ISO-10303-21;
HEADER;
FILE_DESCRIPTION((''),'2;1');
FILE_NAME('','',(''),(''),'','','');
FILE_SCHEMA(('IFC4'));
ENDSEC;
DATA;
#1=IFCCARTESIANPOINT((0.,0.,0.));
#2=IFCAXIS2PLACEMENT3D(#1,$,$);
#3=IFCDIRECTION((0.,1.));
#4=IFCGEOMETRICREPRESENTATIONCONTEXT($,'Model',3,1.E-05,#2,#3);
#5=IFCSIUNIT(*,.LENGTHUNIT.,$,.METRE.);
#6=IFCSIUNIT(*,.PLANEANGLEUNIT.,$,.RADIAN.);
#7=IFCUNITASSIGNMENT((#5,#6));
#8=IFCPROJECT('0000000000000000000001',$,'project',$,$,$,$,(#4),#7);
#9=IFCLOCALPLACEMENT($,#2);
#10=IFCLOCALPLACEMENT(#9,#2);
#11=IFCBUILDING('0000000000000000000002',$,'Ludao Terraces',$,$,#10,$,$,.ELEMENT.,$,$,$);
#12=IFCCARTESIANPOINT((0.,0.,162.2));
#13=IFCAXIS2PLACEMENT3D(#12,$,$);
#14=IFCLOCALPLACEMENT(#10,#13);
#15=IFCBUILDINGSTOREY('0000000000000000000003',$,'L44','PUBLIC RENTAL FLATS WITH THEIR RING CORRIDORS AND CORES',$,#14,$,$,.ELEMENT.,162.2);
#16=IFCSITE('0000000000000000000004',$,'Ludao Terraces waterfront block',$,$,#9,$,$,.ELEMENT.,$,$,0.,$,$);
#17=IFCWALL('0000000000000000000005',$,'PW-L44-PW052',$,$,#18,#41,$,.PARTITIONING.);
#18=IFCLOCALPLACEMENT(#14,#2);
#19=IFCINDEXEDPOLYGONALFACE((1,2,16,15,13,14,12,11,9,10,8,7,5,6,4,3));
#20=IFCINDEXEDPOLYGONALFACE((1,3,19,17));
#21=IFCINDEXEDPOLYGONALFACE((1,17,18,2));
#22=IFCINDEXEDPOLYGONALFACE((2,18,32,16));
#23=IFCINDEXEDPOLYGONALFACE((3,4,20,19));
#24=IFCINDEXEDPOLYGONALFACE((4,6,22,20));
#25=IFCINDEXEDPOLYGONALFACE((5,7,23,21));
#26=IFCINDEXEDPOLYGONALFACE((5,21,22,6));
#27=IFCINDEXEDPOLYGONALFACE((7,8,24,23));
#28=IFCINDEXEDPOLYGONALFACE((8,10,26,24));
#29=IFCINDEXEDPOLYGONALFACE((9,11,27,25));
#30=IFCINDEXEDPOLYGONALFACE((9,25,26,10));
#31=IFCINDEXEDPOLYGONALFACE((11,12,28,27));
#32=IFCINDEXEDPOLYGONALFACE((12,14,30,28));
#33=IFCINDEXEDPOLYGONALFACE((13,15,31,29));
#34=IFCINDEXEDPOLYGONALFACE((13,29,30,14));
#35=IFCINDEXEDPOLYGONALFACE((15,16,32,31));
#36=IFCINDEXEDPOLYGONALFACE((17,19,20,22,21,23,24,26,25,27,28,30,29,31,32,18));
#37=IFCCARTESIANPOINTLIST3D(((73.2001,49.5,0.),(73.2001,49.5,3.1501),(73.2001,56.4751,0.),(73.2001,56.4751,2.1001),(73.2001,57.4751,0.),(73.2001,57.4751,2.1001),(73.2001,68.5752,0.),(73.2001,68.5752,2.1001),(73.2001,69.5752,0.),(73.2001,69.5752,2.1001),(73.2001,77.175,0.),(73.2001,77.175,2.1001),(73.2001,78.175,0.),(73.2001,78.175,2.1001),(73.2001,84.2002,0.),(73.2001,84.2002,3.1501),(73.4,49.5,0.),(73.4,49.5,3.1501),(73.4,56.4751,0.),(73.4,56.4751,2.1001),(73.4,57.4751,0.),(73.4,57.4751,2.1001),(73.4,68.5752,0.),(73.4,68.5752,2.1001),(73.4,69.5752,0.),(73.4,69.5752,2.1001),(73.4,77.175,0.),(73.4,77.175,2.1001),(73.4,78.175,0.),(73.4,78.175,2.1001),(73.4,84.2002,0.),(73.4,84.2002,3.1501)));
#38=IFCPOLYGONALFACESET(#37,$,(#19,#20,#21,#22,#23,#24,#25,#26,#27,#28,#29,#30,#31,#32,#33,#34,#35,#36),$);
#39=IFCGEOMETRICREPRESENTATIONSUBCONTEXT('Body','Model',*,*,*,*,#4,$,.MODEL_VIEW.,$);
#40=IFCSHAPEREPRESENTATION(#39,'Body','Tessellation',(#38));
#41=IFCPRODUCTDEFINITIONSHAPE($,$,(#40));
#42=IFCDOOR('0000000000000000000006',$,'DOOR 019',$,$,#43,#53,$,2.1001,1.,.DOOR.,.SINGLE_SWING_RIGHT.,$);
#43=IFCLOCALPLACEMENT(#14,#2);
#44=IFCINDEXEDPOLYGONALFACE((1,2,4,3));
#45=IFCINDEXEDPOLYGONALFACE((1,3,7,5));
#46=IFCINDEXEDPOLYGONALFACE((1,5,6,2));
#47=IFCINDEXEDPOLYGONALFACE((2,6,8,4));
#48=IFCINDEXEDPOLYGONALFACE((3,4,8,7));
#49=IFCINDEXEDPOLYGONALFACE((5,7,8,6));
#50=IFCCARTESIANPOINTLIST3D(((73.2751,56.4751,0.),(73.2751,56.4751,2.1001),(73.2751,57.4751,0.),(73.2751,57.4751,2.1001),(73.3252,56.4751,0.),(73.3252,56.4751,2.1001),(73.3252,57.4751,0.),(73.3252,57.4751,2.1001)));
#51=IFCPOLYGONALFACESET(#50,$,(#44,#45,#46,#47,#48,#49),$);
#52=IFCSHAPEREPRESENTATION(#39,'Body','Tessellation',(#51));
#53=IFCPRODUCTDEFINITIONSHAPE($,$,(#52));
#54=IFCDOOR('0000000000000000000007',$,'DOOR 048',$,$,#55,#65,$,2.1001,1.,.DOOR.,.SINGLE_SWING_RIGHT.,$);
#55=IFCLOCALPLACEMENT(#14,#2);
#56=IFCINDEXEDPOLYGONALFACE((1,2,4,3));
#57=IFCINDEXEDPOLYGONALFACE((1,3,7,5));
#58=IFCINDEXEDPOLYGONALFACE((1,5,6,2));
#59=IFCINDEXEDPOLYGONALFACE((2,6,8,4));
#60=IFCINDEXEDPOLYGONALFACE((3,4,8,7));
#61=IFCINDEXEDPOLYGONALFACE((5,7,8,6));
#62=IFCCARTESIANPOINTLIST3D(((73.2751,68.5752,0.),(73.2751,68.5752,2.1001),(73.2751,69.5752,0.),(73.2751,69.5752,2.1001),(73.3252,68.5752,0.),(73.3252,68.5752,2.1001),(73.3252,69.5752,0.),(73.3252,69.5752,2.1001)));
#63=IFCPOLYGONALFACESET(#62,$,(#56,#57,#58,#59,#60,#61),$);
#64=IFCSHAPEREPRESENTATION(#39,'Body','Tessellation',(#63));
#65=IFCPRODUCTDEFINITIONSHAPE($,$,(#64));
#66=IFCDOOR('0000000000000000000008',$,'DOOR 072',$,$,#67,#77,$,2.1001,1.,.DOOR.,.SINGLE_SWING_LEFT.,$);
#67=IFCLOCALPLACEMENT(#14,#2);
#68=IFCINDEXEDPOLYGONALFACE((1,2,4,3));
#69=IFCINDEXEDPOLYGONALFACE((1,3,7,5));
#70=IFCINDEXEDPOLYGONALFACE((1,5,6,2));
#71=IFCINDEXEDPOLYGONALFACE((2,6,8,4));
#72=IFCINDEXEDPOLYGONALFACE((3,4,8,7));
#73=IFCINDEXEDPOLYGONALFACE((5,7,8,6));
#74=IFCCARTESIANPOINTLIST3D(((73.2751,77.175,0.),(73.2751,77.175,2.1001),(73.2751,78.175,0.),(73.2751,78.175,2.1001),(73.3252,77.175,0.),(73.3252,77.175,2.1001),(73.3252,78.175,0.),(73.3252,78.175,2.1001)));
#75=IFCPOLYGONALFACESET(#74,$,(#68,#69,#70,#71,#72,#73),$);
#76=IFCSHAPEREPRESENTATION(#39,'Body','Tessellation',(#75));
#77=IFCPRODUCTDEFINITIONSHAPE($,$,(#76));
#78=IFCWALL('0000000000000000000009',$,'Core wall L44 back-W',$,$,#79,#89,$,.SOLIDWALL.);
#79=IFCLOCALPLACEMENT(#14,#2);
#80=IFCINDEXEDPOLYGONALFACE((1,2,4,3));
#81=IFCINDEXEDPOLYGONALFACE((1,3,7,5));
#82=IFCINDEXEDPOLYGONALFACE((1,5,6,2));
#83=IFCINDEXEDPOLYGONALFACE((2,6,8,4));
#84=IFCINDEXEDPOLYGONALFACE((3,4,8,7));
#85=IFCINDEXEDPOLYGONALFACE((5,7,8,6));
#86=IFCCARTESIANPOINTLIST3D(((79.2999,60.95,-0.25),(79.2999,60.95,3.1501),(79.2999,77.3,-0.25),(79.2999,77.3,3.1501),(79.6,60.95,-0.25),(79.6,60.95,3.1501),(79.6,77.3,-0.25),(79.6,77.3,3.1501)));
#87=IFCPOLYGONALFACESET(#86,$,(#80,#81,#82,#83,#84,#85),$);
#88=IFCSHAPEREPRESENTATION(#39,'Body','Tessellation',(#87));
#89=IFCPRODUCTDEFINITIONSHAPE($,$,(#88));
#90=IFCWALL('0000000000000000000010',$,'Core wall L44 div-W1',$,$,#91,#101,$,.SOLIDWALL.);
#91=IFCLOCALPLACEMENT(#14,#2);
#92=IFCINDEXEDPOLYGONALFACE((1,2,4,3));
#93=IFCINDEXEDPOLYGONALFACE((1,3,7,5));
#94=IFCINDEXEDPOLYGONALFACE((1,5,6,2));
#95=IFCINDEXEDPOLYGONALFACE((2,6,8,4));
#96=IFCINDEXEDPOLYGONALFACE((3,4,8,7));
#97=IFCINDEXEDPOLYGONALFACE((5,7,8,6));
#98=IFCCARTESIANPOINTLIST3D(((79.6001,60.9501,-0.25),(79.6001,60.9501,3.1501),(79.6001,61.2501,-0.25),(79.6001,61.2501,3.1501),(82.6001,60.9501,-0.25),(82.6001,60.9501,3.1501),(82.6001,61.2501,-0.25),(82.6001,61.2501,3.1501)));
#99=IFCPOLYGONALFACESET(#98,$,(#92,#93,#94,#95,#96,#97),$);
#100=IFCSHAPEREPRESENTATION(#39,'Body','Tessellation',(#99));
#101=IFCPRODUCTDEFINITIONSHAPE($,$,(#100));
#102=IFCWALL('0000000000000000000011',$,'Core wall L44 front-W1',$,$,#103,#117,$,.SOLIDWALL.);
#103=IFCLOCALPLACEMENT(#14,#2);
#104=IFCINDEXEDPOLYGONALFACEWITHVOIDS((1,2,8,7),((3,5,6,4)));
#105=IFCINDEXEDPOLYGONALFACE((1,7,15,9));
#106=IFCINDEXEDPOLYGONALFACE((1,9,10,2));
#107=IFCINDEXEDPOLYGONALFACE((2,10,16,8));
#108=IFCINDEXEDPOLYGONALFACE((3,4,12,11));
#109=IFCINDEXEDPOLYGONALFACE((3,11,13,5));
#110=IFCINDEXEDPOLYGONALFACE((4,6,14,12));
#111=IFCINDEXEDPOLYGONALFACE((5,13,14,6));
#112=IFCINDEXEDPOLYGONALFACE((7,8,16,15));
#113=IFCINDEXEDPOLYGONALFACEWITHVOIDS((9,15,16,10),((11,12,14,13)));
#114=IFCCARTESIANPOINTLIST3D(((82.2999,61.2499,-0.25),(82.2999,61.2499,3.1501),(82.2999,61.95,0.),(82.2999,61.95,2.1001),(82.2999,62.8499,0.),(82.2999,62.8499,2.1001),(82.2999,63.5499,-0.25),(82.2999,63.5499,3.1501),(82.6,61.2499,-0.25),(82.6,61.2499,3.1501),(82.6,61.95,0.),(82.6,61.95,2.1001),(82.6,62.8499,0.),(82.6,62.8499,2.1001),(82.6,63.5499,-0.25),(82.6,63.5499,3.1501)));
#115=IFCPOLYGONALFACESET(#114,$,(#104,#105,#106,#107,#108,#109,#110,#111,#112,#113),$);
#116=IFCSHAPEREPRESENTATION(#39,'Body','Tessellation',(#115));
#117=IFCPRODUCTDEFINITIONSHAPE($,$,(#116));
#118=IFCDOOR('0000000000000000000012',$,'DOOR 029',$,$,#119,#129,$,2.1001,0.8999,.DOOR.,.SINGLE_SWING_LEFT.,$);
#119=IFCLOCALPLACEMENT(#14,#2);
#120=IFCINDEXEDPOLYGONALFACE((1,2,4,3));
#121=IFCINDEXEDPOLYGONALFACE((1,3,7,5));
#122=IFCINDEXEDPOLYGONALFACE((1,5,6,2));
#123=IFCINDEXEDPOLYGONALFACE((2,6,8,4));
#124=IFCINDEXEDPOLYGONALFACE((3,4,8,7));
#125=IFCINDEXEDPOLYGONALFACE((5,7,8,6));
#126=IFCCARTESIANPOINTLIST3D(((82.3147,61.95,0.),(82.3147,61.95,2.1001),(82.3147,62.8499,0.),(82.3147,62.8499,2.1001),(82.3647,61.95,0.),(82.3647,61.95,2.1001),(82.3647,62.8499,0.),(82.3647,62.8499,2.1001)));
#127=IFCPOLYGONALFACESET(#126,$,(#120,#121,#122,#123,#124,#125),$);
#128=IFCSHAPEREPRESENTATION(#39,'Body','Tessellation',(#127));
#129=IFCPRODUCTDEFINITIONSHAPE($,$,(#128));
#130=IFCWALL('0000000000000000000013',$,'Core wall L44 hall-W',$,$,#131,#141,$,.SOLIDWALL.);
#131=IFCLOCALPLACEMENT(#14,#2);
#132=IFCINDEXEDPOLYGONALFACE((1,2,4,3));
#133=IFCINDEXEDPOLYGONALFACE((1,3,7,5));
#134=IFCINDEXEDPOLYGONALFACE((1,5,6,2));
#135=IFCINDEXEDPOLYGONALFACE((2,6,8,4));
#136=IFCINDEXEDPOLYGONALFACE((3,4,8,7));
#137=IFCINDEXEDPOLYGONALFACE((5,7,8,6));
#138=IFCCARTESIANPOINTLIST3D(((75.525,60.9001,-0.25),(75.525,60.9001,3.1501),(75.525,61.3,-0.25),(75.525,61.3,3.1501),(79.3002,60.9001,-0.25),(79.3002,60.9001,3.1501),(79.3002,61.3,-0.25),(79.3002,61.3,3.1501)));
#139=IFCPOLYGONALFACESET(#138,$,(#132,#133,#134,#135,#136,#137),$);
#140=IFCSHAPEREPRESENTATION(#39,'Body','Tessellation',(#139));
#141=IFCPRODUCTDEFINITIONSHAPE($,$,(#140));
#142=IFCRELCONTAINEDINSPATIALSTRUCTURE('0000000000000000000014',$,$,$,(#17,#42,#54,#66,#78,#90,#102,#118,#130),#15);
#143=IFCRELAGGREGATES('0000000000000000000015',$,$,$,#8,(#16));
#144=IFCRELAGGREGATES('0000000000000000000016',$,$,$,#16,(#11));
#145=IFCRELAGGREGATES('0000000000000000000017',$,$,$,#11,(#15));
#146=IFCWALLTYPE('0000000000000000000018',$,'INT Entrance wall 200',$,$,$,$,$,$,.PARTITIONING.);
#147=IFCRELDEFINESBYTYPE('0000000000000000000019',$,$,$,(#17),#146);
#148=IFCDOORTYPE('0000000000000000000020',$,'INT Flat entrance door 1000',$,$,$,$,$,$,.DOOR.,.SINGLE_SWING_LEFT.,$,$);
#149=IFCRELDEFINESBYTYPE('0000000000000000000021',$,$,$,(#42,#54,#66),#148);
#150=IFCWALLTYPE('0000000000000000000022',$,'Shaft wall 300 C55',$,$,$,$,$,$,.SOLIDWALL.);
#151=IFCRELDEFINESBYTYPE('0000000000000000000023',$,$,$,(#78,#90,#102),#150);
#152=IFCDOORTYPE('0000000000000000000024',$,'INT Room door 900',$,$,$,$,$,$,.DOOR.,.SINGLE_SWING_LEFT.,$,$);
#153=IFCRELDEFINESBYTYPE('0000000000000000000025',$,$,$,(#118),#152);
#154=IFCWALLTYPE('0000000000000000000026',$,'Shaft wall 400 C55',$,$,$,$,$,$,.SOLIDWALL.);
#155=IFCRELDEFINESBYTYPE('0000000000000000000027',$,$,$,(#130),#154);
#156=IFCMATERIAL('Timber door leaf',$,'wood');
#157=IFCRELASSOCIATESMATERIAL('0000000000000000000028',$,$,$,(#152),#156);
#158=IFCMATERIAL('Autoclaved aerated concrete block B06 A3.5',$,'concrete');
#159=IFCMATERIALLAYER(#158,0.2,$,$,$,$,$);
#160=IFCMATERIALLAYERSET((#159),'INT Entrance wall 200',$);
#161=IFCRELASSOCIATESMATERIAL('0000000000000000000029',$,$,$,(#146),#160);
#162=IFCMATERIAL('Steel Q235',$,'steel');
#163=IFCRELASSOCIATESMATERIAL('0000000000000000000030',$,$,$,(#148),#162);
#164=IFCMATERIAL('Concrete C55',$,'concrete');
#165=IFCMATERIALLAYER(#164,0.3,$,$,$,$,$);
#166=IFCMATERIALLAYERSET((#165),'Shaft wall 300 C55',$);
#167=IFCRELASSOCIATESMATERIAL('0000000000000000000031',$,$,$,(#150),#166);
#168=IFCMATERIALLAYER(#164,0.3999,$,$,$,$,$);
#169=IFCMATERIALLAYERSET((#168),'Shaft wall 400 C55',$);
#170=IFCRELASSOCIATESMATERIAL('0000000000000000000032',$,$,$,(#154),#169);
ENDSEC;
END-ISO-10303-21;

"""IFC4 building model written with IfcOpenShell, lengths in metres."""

from ifc_helpers import new_model, si_unit, direction, frame, frame_2d, origin, place, context, subcontext, project, spatial, rectangle, extrude, material, layer, layer_set, type_object, element, fill, save


model = new_model("IFC4")

# Units and contexts
model_context = context("Model", 3, precision=1e-05, world=origin(), true_north=direction((0.0, 1.0)))
body_context = subcontext(model_context, "Body", "Model", "MODEL_VIEW")
ifc_project = project(units=[si_unit("LENGTHUNIT", "METRE"), si_unit("PLANEANGLEUNIT", "RADIAN")], contexts=[model_context])

# Site, building, storey
site_placement = place(None, origin())
site = spatial("IfcSite", under=ifc_project, at=site_placement, Name="Ludao Terraces waterfront block", CompositionType="ELEMENT", RefElevation=0.0)
building_placement = place(site_placement, origin())
building = spatial("IfcBuilding", under=site, at=building_placement, Name="Ludao Terraces", CompositionType="ELEMENT")
storey_placement = place(building_placement, frame((0.0, 0.0, 162.2)))
storey = spatial("IfcBuildingStorey", under=building, at=storey_placement, Name="L44", Description="PUBLIC RENTAL FLATS WITH THEIR RING CORRIDORS AND CORES", CompositionType="ELEMENT", Elevation=162.2)

# Shared definitions
ifc_material_1 = material(Name="Steel Q235", Category="steel")
ifc_material_2 = material(Name="Timber door leaf", Category="wood")
door_type_1 = type_object("IfcDoorType", Name="INT Room door 900", OperationType="SINGLE_SWING_LEFT", PredefinedType="DOOR", material=ifc_material_2)

# Wall, openings, doors
ifc_material_3 = material(Name="Autoclaved aerated concrete block B06 A3.5", Category="concrete")
ifc_layer_1 = layer(ifc_material_3, 0.2)
ifc_layer_set_1 = layer_set([ifc_layer_1], Name="INT Entrance wall 200")
wall_type_1 = type_object("IfcWallType", Name="INT Entrance wall 200", PredefinedType="PARTITIONING", material=ifc_layer_set_1)
wall_1_placement = place(storey_placement, frame((73.3, 49.5, 0.0), z_axis=(0.0, 0.0, 1.0), x_axis=(0.0, 1.0, 0.0)))
wall_1 = element("IfcWall", 1, at=wall_1_placement, inside=storey, type_object=wall_type_1, Name="PW-L44-PW052", PredefinedType="PARTITIONING", context=body_context, shape_type="SweptSolid", body=[
    extrude(rectangle(XDim=34.7002, YDim=0.2, at=frame_2d((17.3501, 0.0))), origin(), (0.0, 0.0, 1.0), 3.1501),
])
opening_1_placement = place(wall_1_placement, frame((6.9751, 0.0, 0.0)))
opening_1 = element("IfcOpeningElement", 2, at=opening_1_placement, cuts=wall_1, PredefinedType="OPENING", context=body_context, shape_type="SweptSolid", body=[
    extrude(rectangle(XDim=1.0, YDim=2.1001, at=frame_2d((0.5, 1.05))), frame((0.0, 0.1099, 0.0), z_axis=(0.0, -1.0, 0.0), x_axis=(1.0, 0.0, 0.0)), (0.0, 0.0, 1.0), 0.22),
])
opening_2_placement = place(wall_1_placement, frame((19.0752, 0.0, 0.0)))
opening_2 = element("IfcOpeningElement", 3, at=opening_2_placement, cuts=wall_1, PredefinedType="OPENING", context=body_context, shape_type="SweptSolid", body=[
    extrude(rectangle(XDim=1.0, YDim=2.1001, at=frame_2d((0.5, 1.05))), frame((0.0, 0.1099, 0.0), z_axis=(0.0, -1.0, 0.0), x_axis=(1.0, 0.0, 0.0)), (0.0, 0.0, 1.0), 0.22),
])
opening_3_placement = place(wall_1_placement, frame((27.675, 0.0, 0.0)))
opening_3 = element("IfcOpeningElement", 4, at=opening_3_placement, cuts=wall_1, PredefinedType="OPENING", context=body_context, shape_type="SweptSolid", body=[
    extrude(rectangle(XDim=1.0, YDim=2.1001, at=frame_2d((0.5, 1.05))), frame((0.0, 0.1099, 0.0), z_axis=(0.0, -1.0, 0.0), x_axis=(1.0, 0.0, 0.0)), (0.0, 0.0, 1.0), 0.22),
])
door_type_2 = type_object("IfcDoorType", Name="INT Flat entrance door 1000", OperationType="SINGLE_SWING_LEFT", PredefinedType="DOOR", material=ifc_material_1)
door_1_placement = place(opening_1_placement, origin())
door_1 = element("IfcDoor", 5, at=door_1_placement, inside=storey, type_object=door_type_2, Name="DOOR 019", OperationType="SINGLE_SWING_RIGHT", OverallHeight=2.1001, OverallWidth=1.0, PredefinedType="DOOR", context=body_context, shape_type="SweptSolid", body=[
    extrude(rectangle(XDim=1.0, YDim=2.1001, at=frame_2d((0.5, 1.05))), frame((0.0, 0.0249, 0.0), z_axis=(0.0, -1.0, 0.0), x_axis=(1.0, 0.0, 0.0)), (0.0, 0.0, 1.0), 0.05),
])
fill(opening_1, door_1)
door_2_placement = place(opening_2_placement, origin())
door_2 = element("IfcDoor", 6, at=door_2_placement, inside=storey, type_object=door_type_2, Name="DOOR 048", OperationType="SINGLE_SWING_RIGHT", OverallHeight=2.1001, OverallWidth=1.0, PredefinedType="DOOR", context=body_context, shape_type="SweptSolid", body=[
    extrude(rectangle(XDim=1.0, YDim=2.1001, at=frame_2d((0.5, 1.05))), frame((0.0, 0.0249, 0.0), z_axis=(0.0, -1.0, 0.0), x_axis=(1.0, 0.0, 0.0)), (0.0, 0.0, 1.0), 0.05),
])
fill(opening_2, door_2)
door_3_placement = place(opening_3_placement, origin())
door_3 = element("IfcDoor", 7, at=door_3_placement, inside=storey, type_object=door_type_2, Name="DOOR 072", OperationType="SINGLE_SWING_LEFT", OverallHeight=2.1001, OverallWidth=1.0, PredefinedType="DOOR", context=body_context, shape_type="SweptSolid", body=[
    extrude(rectangle(XDim=1.0, YDim=2.1001, at=frame_2d((0.5, 1.05))), frame((0.0, 0.0249, 0.0), z_axis=(0.0, -1.0, 0.0), x_axis=(1.0, 0.0, 0.0)), (0.0, 0.0, 1.0), 0.05),
])
fill(opening_3, door_3)

# Walls
ifc_material_4 = material(Name="Concrete C55", Category="concrete")
ifc_layer_2 = layer(ifc_material_4, 0.3)
ifc_layer_set_2 = layer_set([ifc_layer_2], Name="Shaft wall 300 C55")
wall_type_2 = type_object("IfcWallType", Name="Shaft wall 300 C55", PredefinedType="SOLIDWALL", material=ifc_layer_set_2)
wall_2_placement = place(storey_placement, frame((79.45, 60.95, -0.25), z_axis=(0.0, 0.0, 1.0), x_axis=(0.0, 1.0, 0.0)))
element("IfcWall", 8, at=wall_2_placement, inside=storey, type_object=wall_type_2, Name="Core wall L44 back-W", PredefinedType="SOLIDWALL", context=body_context, shape_type="SweptSolid", body=[
    extrude(rectangle(XDim=16.3501, YDim=0.3, at=frame_2d((8.175, 0.0))), origin(), (0.0, 0.0, 1.0), 3.4001),
])
wall_3_placement = place(storey_placement, frame((79.6001, 61.1001, -0.25), z_axis=(0.0, 0.0, 1.0), x_axis=(1.0, 0.0, 0.0)))
element("IfcWall", 9, at=wall_3_placement, inside=storey, type_object=wall_type_2, Name="Core wall L44 div-W1", PredefinedType="SOLIDWALL", context=body_context, shape_type="SweptSolid", body=[
    extrude(rectangle(XDim=3.0, YDim=0.3, at=frame_2d((1.5, 0.0))), origin(), (0.0, 0.0, 1.0), 3.4001),
])

# Wall, opening, door
wall_4_placement = place(storey_placement, frame((82.45, 61.25, -0.25), z_axis=(0.0, 0.0, 1.0), x_axis=(0.0, 1.0, 0.0)))
wall_4 = element("IfcWall", 10, at=wall_4_placement, inside=storey, type_object=wall_type_2, Name="Core wall L44 front-W1", PredefinedType="SOLIDWALL", context=body_context, shape_type="SweptSolid", body=[
    extrude(rectangle(XDim=2.3, YDim=0.3, at=frame_2d((1.1499, 0.0))), origin(), (0.0, 0.0, 1.0), 3.4001),
])
opening_4_placement = place(wall_4_placement, frame((0.7, 0.0, 0.25)))
opening_4 = element("IfcOpeningElement", 11, at=opening_4_placement, cuts=wall_4, PredefinedType="OPENING", context=body_context, shape_type="SweptSolid", body=[
    extrude(rectangle(XDim=0.8999, YDim=2.1001, at=frame_2d((0.45, 1.05))), frame((0.0, 0.1602, 0.0), z_axis=(0.0, -1.0, 0.0), x_axis=(1.0, 0.0, 0.0)), (0.0, 0.0, 1.0), 0.3201),
])
door_4_placement = place(opening_4_placement, origin())
door_4 = element("IfcDoor", 12, at=door_4_placement, inside=storey, type_object=door_type_1, Name="DOOR 029", OperationType="SINGLE_SWING_LEFT", OverallHeight=2.1001, OverallWidth=0.8999, PredefinedType="DOOR", context=body_context, shape_type="SweptSolid", body=[
    extrude(rectangle(XDim=0.8999, YDim=2.1001, at=frame_2d((0.45, 1.05))), frame((0.0, 0.1353, 0.0), z_axis=(0.0, -1.0, 0.0), x_axis=(1.0, 0.0, 0.0)), (0.0, 0.0, 1.0), 0.05),
])
fill(opening_4, door_4)

# Wall
ifc_layer_3 = layer(ifc_material_4, 0.3999)
ifc_layer_set_3 = layer_set([ifc_layer_3], Name="Shaft wall 400 C55")
wall_type_3 = type_object("IfcWallType", Name="Shaft wall 400 C55", PredefinedType="SOLIDWALL", material=ifc_layer_set_3)
wall_5_placement = place(storey_placement, frame((75.5249, 61.1001, -0.25), z_axis=(0.0, 0.0, 1.0), x_axis=(1.0, 0.0, 0.0)))
element("IfcWall", 13, at=wall_5_placement, inside=storey, type_object=wall_type_3, Name="Core wall L44 hall-W", PredefinedType="SOLIDWALL", context=body_context, shape_type="SweptSolid", body=[
    extrude(rectangle(XDim=3.7751, YDim=0.3999, at=frame_2d((1.8877, 0.0))), origin(), (0.0, 0.0, 1.0), 3.4001),
])

save(model, "model.ifc")
